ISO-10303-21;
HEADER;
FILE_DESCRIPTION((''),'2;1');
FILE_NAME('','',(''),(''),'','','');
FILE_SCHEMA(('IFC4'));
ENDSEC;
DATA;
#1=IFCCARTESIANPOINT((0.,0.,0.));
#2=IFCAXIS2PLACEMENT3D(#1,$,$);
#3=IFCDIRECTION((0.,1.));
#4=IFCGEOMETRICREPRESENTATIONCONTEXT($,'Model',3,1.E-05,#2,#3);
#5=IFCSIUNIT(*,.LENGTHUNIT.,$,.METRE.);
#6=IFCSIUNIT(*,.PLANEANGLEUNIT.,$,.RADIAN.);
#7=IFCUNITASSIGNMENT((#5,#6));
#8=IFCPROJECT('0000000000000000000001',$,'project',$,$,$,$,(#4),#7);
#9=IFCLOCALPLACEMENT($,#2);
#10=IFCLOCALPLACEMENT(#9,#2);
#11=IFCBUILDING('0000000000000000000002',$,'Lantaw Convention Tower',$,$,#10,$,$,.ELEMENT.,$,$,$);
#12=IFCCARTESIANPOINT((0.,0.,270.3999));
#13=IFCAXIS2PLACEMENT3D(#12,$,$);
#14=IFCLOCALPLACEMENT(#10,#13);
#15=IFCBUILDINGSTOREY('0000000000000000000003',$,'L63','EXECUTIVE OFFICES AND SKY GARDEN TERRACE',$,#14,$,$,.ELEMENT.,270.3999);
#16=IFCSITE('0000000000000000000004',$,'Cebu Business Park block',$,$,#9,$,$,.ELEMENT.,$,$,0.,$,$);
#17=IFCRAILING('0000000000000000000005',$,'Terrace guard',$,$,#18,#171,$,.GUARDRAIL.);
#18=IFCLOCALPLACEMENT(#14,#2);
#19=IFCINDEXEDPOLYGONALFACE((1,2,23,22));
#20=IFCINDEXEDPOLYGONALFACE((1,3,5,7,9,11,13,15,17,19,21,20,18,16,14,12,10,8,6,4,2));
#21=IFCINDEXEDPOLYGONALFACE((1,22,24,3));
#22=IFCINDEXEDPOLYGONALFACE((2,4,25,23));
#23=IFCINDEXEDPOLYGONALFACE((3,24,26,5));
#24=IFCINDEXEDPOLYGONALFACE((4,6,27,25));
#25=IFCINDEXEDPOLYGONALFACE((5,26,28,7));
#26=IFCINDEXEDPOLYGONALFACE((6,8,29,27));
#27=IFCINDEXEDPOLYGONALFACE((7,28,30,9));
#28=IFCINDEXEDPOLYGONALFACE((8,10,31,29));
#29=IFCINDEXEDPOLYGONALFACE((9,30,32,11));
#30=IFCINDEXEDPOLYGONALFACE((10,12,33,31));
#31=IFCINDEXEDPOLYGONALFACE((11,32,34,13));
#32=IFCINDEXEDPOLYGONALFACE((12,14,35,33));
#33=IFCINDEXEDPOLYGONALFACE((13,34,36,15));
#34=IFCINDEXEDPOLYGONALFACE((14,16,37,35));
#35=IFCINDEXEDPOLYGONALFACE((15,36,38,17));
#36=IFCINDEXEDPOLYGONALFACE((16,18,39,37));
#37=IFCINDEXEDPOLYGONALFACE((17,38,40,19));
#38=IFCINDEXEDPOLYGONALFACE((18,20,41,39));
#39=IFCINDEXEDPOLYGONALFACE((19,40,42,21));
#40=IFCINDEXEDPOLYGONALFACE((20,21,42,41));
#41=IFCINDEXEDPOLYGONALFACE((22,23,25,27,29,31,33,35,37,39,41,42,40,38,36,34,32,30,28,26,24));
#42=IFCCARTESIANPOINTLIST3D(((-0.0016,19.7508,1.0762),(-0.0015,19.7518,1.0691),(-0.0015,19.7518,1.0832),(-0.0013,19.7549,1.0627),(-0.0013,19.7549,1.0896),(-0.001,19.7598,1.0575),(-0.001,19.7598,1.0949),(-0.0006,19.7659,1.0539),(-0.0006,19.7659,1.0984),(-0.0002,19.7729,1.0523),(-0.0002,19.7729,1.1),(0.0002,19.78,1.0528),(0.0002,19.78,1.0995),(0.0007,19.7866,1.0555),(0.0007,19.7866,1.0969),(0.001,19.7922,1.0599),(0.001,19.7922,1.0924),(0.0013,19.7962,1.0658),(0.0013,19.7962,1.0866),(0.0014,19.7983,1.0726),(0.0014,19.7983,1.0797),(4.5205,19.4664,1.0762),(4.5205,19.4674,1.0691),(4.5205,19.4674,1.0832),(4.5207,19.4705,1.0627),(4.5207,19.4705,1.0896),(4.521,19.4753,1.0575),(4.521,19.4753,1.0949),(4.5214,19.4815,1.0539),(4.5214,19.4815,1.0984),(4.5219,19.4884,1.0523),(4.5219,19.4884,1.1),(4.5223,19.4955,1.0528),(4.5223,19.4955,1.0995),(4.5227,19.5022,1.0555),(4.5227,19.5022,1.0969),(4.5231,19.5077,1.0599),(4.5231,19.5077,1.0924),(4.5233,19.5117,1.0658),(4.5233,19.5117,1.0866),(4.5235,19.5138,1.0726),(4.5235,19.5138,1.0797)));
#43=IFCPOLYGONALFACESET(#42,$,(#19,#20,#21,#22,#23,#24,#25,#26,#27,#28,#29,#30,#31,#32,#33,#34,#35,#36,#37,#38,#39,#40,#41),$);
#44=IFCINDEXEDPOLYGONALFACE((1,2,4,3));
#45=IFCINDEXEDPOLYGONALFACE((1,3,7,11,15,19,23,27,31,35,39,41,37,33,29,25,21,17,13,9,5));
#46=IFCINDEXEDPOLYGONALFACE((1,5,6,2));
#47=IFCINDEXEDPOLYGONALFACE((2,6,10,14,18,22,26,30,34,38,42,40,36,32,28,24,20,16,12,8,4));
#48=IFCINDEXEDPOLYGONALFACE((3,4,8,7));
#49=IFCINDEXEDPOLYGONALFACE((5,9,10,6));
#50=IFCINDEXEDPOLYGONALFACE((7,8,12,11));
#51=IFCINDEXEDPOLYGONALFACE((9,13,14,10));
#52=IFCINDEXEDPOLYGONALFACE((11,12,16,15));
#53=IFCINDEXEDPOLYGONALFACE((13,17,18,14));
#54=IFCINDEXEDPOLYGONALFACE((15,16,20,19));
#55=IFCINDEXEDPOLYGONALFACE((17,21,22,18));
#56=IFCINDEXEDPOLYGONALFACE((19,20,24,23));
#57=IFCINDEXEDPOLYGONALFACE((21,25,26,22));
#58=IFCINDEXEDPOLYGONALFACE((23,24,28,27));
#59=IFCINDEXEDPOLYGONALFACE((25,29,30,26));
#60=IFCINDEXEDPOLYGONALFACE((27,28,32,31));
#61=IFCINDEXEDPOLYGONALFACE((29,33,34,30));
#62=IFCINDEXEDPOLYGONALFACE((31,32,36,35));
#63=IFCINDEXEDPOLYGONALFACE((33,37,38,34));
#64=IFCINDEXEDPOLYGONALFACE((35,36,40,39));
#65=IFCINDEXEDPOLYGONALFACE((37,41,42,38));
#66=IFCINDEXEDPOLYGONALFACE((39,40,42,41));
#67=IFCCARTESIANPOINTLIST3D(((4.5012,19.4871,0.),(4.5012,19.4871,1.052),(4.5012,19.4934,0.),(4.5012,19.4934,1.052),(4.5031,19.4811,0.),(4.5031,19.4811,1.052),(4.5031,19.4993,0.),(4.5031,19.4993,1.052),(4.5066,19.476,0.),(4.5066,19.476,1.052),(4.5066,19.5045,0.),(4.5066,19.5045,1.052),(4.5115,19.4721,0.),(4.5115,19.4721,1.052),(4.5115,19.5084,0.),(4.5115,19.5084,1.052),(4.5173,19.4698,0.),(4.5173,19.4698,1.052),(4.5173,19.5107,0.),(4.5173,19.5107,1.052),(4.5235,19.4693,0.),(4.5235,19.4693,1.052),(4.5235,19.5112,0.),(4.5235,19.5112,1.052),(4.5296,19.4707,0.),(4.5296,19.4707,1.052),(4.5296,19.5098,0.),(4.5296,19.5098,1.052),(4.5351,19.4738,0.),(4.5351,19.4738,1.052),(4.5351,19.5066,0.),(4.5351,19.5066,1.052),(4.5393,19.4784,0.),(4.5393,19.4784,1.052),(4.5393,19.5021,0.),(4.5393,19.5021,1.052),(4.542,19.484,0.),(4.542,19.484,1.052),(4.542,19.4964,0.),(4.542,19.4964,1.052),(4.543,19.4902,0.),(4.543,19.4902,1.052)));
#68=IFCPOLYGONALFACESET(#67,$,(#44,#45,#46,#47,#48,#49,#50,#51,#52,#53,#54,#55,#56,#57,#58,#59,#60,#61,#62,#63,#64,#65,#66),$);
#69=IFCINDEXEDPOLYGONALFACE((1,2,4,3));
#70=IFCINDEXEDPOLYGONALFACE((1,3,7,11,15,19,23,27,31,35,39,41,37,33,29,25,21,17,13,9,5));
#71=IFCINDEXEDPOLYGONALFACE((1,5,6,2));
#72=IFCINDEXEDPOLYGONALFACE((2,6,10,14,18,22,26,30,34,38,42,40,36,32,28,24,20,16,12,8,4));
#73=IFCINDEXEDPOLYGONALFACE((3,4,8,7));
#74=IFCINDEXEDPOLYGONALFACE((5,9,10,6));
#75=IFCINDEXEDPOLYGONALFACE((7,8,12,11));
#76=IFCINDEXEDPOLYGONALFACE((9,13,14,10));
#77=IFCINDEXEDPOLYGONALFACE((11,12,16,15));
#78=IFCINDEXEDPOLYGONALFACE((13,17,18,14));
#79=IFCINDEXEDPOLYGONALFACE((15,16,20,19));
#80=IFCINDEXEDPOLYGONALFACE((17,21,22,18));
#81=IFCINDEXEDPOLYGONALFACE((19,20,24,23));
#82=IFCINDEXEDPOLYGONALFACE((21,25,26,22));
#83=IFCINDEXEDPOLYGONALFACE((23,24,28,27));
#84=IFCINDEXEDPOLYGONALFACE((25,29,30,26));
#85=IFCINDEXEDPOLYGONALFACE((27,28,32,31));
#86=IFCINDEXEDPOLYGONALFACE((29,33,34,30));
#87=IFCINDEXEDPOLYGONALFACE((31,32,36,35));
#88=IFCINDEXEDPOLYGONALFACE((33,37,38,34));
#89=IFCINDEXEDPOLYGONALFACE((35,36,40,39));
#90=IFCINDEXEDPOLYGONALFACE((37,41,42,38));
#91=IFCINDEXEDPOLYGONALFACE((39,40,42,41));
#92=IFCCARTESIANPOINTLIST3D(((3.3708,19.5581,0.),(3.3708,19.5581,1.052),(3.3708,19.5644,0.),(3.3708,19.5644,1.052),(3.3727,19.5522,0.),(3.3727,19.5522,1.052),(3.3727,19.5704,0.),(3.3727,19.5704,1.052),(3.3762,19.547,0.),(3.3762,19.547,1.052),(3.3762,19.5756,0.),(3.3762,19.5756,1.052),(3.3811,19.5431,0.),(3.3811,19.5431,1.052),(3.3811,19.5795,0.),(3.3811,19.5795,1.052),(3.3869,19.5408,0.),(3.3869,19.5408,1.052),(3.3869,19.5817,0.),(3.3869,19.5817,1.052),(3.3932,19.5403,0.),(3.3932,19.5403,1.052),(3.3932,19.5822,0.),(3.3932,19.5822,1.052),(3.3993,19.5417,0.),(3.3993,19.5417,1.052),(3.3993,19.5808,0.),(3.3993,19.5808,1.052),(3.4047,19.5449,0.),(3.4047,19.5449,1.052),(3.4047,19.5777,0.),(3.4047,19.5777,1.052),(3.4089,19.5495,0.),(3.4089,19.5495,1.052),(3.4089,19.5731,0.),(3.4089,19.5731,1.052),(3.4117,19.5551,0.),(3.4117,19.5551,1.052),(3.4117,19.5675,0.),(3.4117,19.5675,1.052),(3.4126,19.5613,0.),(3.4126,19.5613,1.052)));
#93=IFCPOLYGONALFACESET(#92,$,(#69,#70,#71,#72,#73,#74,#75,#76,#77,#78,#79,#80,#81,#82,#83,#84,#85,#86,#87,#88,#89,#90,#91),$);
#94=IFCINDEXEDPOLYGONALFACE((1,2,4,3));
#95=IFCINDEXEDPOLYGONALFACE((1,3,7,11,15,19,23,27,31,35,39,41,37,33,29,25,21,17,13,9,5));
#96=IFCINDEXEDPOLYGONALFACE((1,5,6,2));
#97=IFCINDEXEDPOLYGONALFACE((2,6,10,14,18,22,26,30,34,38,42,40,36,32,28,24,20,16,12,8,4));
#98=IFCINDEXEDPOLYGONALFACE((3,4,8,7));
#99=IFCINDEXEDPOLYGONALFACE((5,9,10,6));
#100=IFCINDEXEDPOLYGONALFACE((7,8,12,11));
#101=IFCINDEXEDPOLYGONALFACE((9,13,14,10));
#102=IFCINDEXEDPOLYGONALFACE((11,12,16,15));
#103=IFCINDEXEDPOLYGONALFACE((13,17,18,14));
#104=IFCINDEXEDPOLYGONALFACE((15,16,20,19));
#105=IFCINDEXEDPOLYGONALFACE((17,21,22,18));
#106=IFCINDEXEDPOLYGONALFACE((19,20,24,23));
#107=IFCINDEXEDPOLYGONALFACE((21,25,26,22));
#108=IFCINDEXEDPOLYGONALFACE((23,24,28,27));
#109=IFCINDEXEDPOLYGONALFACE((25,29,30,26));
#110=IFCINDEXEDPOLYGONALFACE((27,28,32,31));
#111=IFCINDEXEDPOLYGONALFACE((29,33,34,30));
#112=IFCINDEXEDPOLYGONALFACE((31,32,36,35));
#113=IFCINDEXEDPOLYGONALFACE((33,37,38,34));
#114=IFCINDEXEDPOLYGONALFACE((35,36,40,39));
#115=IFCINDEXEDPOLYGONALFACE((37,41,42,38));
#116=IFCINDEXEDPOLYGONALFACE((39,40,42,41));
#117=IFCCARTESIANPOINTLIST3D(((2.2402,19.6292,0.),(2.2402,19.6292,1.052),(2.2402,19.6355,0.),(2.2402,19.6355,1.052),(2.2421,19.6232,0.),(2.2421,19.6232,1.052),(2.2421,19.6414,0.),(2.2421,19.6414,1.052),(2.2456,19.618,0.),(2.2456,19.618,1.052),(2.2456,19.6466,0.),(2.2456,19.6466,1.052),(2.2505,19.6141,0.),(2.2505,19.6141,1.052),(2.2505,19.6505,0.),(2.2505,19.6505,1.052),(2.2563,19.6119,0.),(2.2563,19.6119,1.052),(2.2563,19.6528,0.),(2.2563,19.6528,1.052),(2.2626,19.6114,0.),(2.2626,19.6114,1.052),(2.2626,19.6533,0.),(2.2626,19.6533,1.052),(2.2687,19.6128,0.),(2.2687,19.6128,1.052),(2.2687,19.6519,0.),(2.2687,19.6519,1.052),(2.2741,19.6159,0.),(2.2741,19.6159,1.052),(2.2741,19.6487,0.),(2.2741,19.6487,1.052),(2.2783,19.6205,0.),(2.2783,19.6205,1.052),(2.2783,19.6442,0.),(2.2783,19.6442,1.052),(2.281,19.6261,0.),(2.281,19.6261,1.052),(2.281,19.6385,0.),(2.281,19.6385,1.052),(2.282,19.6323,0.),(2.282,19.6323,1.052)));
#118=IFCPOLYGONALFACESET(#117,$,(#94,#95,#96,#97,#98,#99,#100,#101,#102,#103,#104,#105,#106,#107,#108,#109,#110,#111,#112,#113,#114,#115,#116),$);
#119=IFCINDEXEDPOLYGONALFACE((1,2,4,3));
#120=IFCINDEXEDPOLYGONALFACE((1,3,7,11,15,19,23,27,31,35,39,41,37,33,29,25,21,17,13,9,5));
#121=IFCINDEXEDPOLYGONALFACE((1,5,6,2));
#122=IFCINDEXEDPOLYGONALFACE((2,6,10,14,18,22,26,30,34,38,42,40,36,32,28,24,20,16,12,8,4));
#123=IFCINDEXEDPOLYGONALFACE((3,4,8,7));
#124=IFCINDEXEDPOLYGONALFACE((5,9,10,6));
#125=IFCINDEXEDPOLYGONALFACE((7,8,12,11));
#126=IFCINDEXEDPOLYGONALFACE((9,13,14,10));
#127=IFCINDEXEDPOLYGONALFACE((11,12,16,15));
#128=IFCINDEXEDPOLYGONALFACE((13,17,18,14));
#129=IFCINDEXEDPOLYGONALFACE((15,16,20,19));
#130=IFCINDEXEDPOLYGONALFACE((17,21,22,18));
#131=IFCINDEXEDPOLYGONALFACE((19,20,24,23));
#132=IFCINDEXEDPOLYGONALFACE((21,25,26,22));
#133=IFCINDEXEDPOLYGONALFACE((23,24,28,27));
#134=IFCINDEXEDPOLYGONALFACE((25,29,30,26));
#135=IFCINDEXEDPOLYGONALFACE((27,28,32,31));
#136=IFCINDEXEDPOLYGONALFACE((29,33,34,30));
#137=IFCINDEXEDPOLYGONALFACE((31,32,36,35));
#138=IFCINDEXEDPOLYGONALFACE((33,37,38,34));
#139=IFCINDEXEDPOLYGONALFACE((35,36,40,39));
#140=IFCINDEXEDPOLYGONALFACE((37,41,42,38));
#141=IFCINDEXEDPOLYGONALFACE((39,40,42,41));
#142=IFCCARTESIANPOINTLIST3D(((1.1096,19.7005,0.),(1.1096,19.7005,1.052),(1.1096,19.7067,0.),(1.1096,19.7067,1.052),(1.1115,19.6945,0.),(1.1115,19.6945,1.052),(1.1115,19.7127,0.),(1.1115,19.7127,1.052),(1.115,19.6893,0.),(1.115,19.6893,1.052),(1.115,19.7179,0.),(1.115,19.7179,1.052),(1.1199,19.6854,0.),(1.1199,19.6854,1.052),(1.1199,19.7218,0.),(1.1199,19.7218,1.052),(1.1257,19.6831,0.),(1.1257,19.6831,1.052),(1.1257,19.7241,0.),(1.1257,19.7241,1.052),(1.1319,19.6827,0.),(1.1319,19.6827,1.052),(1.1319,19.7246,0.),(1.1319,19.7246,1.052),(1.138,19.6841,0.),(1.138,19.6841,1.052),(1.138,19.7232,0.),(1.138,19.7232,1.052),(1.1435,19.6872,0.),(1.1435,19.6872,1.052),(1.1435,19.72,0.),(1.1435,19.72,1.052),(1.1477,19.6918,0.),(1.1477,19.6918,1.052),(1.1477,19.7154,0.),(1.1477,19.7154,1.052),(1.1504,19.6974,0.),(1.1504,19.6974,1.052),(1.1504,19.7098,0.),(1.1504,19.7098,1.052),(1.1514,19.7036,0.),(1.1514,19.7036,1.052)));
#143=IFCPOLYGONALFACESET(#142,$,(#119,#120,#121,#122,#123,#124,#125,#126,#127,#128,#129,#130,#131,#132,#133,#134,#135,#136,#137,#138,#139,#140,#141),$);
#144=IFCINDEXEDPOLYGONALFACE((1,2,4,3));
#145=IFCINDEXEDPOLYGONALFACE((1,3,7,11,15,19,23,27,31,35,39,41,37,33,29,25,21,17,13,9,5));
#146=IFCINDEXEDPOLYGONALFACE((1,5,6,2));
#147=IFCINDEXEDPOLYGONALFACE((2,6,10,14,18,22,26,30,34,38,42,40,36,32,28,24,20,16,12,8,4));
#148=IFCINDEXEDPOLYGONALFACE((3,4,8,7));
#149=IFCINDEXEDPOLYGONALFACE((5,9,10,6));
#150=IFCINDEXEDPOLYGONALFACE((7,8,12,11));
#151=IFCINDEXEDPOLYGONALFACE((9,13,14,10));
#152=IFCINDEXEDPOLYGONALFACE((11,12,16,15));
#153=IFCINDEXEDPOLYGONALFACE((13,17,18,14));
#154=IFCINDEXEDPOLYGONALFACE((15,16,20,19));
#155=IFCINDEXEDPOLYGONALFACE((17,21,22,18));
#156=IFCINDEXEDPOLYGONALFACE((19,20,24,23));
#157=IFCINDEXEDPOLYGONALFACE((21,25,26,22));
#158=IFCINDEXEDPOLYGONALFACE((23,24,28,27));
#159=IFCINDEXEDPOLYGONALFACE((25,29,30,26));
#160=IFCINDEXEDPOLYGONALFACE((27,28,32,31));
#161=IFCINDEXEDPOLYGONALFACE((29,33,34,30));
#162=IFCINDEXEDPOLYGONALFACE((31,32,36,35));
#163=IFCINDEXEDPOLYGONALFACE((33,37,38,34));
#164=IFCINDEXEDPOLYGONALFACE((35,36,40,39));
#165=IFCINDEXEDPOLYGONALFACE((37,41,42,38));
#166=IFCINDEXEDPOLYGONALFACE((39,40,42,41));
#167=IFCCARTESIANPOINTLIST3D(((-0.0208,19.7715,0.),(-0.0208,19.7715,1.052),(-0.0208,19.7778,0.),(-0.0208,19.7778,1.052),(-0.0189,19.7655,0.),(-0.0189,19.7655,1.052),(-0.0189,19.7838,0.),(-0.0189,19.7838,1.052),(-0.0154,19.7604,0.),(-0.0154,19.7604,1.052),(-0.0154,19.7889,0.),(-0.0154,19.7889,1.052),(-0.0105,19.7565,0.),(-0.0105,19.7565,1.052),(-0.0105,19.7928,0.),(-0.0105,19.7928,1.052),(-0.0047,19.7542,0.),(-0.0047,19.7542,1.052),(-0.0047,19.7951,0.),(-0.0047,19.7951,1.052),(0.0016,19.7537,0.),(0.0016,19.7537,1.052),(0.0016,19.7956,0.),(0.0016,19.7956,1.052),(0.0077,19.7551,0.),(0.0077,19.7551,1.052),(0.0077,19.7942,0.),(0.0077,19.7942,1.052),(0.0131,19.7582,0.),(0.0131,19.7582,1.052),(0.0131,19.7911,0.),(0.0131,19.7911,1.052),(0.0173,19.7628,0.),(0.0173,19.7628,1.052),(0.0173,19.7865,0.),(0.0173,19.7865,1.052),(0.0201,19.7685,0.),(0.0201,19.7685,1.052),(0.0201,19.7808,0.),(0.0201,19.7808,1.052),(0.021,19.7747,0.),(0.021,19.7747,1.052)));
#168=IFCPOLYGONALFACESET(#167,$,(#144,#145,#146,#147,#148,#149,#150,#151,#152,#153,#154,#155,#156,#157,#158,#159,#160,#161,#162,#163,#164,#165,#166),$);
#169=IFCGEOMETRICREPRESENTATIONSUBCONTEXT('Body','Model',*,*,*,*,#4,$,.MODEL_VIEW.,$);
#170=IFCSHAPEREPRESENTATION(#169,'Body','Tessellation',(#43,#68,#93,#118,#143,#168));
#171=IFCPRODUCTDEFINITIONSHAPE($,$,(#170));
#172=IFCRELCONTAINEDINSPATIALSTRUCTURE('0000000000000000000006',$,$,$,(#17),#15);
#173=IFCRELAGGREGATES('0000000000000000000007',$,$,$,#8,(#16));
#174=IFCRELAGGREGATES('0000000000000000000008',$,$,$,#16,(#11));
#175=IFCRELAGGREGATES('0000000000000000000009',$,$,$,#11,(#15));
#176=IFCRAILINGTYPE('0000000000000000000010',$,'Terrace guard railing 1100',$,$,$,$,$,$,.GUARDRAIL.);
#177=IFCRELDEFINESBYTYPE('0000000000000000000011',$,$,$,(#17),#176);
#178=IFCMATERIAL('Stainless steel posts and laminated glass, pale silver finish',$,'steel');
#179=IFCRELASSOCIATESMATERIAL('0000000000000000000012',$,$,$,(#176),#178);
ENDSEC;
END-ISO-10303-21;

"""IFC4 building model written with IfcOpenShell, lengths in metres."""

from ifc_helpers import new_model, si_unit, direction, frame, origin, origin_2d, place, context, subcontext, project, spatial, circle, extrude, material, type_object, element, save


model = new_model("IFC4")

# Units and contexts
model_context = context("Model", 3, precision=1e-05, world=origin(), true_north=direction((0.0, 1.0)))
body_context = subcontext(model_context, "Body", "Model", "MODEL_VIEW")
ifc_project = project(units=[si_unit("LENGTHUNIT", "METRE"), si_unit("PLANEANGLEUNIT", "RADIAN")], contexts=[model_context])

# Site, building, storey
site_placement = place(None, origin())
site = spatial("IfcSite", under=ifc_project, at=site_placement, Name="Cebu Business Park block", CompositionType="ELEMENT", RefElevation=0.0)
building_placement = place(site_placement, origin())
building = spatial("IfcBuilding", under=site, at=building_placement, Name="Lantaw Convention Tower", CompositionType="ELEMENT")
storey_placement = place(building_placement, frame((0.0, 0.0, 270.3999)))
storey = spatial("IfcBuildingStorey", under=building, at=storey_placement, Name="L63", Description="EXECUTIVE OFFICES AND SKY GARDEN TERRACE", CompositionType="ELEMENT", Elevation=270.3999)

# Railing
ifc_material_1 = material(Name="Stainless steel posts and laminated glass, pale silver finish", Category="steel")
railing_type = type_object("IfcRailingType", Name="Terrace guard railing 1100", PredefinedType="GUARDRAIL", material=ifc_material_1)
railing_1_placement = place(storey_placement, frame((4.522, 19.4902, 0.0)))
element("IfcRailing", 1, at=railing_1_placement, inside=storey, type_object=railing_type, Name="Terrace guard", PredefinedType="GUARDRAIL", context=body_context, shape_type="SweptSolid", body=[
    extrude(circle(Radius=0.0239, at=origin_2d()), frame((0.0, 0.0, 1.0762), z_axis=(-0.998028, 0.062774, 0.0), x_axis=(-0.062774, -0.998028, 0.0)), (0.0, 0.0, 1.0), 4.531),
    extrude(circle(Radius=0.021, at=origin_2d()), origin(), (0.0, 0.0, 1.0), 1.052),
    extrude(circle(Radius=0.021, at=origin_2d()), frame((-1.1304, 0.071, 0.0)), (0.0, 0.0, 1.0), 1.052),
    extrude(circle(Radius=0.021, at=origin_2d()), frame((-2.261, 0.1421, 0.0)), (0.0, 0.0, 1.0), 1.052),
    extrude(circle(Radius=0.021, at=origin_2d()), frame((-3.3916, 0.2134, 0.0)), (0.0, 0.0, 1.0), 1.052),
    extrude(circle(Radius=0.021, at=origin_2d()), frame((-4.522, 0.2844, 0.0)), (0.0, 0.0, 1.0), 1.052),
])

save(model, "model.ifc")
